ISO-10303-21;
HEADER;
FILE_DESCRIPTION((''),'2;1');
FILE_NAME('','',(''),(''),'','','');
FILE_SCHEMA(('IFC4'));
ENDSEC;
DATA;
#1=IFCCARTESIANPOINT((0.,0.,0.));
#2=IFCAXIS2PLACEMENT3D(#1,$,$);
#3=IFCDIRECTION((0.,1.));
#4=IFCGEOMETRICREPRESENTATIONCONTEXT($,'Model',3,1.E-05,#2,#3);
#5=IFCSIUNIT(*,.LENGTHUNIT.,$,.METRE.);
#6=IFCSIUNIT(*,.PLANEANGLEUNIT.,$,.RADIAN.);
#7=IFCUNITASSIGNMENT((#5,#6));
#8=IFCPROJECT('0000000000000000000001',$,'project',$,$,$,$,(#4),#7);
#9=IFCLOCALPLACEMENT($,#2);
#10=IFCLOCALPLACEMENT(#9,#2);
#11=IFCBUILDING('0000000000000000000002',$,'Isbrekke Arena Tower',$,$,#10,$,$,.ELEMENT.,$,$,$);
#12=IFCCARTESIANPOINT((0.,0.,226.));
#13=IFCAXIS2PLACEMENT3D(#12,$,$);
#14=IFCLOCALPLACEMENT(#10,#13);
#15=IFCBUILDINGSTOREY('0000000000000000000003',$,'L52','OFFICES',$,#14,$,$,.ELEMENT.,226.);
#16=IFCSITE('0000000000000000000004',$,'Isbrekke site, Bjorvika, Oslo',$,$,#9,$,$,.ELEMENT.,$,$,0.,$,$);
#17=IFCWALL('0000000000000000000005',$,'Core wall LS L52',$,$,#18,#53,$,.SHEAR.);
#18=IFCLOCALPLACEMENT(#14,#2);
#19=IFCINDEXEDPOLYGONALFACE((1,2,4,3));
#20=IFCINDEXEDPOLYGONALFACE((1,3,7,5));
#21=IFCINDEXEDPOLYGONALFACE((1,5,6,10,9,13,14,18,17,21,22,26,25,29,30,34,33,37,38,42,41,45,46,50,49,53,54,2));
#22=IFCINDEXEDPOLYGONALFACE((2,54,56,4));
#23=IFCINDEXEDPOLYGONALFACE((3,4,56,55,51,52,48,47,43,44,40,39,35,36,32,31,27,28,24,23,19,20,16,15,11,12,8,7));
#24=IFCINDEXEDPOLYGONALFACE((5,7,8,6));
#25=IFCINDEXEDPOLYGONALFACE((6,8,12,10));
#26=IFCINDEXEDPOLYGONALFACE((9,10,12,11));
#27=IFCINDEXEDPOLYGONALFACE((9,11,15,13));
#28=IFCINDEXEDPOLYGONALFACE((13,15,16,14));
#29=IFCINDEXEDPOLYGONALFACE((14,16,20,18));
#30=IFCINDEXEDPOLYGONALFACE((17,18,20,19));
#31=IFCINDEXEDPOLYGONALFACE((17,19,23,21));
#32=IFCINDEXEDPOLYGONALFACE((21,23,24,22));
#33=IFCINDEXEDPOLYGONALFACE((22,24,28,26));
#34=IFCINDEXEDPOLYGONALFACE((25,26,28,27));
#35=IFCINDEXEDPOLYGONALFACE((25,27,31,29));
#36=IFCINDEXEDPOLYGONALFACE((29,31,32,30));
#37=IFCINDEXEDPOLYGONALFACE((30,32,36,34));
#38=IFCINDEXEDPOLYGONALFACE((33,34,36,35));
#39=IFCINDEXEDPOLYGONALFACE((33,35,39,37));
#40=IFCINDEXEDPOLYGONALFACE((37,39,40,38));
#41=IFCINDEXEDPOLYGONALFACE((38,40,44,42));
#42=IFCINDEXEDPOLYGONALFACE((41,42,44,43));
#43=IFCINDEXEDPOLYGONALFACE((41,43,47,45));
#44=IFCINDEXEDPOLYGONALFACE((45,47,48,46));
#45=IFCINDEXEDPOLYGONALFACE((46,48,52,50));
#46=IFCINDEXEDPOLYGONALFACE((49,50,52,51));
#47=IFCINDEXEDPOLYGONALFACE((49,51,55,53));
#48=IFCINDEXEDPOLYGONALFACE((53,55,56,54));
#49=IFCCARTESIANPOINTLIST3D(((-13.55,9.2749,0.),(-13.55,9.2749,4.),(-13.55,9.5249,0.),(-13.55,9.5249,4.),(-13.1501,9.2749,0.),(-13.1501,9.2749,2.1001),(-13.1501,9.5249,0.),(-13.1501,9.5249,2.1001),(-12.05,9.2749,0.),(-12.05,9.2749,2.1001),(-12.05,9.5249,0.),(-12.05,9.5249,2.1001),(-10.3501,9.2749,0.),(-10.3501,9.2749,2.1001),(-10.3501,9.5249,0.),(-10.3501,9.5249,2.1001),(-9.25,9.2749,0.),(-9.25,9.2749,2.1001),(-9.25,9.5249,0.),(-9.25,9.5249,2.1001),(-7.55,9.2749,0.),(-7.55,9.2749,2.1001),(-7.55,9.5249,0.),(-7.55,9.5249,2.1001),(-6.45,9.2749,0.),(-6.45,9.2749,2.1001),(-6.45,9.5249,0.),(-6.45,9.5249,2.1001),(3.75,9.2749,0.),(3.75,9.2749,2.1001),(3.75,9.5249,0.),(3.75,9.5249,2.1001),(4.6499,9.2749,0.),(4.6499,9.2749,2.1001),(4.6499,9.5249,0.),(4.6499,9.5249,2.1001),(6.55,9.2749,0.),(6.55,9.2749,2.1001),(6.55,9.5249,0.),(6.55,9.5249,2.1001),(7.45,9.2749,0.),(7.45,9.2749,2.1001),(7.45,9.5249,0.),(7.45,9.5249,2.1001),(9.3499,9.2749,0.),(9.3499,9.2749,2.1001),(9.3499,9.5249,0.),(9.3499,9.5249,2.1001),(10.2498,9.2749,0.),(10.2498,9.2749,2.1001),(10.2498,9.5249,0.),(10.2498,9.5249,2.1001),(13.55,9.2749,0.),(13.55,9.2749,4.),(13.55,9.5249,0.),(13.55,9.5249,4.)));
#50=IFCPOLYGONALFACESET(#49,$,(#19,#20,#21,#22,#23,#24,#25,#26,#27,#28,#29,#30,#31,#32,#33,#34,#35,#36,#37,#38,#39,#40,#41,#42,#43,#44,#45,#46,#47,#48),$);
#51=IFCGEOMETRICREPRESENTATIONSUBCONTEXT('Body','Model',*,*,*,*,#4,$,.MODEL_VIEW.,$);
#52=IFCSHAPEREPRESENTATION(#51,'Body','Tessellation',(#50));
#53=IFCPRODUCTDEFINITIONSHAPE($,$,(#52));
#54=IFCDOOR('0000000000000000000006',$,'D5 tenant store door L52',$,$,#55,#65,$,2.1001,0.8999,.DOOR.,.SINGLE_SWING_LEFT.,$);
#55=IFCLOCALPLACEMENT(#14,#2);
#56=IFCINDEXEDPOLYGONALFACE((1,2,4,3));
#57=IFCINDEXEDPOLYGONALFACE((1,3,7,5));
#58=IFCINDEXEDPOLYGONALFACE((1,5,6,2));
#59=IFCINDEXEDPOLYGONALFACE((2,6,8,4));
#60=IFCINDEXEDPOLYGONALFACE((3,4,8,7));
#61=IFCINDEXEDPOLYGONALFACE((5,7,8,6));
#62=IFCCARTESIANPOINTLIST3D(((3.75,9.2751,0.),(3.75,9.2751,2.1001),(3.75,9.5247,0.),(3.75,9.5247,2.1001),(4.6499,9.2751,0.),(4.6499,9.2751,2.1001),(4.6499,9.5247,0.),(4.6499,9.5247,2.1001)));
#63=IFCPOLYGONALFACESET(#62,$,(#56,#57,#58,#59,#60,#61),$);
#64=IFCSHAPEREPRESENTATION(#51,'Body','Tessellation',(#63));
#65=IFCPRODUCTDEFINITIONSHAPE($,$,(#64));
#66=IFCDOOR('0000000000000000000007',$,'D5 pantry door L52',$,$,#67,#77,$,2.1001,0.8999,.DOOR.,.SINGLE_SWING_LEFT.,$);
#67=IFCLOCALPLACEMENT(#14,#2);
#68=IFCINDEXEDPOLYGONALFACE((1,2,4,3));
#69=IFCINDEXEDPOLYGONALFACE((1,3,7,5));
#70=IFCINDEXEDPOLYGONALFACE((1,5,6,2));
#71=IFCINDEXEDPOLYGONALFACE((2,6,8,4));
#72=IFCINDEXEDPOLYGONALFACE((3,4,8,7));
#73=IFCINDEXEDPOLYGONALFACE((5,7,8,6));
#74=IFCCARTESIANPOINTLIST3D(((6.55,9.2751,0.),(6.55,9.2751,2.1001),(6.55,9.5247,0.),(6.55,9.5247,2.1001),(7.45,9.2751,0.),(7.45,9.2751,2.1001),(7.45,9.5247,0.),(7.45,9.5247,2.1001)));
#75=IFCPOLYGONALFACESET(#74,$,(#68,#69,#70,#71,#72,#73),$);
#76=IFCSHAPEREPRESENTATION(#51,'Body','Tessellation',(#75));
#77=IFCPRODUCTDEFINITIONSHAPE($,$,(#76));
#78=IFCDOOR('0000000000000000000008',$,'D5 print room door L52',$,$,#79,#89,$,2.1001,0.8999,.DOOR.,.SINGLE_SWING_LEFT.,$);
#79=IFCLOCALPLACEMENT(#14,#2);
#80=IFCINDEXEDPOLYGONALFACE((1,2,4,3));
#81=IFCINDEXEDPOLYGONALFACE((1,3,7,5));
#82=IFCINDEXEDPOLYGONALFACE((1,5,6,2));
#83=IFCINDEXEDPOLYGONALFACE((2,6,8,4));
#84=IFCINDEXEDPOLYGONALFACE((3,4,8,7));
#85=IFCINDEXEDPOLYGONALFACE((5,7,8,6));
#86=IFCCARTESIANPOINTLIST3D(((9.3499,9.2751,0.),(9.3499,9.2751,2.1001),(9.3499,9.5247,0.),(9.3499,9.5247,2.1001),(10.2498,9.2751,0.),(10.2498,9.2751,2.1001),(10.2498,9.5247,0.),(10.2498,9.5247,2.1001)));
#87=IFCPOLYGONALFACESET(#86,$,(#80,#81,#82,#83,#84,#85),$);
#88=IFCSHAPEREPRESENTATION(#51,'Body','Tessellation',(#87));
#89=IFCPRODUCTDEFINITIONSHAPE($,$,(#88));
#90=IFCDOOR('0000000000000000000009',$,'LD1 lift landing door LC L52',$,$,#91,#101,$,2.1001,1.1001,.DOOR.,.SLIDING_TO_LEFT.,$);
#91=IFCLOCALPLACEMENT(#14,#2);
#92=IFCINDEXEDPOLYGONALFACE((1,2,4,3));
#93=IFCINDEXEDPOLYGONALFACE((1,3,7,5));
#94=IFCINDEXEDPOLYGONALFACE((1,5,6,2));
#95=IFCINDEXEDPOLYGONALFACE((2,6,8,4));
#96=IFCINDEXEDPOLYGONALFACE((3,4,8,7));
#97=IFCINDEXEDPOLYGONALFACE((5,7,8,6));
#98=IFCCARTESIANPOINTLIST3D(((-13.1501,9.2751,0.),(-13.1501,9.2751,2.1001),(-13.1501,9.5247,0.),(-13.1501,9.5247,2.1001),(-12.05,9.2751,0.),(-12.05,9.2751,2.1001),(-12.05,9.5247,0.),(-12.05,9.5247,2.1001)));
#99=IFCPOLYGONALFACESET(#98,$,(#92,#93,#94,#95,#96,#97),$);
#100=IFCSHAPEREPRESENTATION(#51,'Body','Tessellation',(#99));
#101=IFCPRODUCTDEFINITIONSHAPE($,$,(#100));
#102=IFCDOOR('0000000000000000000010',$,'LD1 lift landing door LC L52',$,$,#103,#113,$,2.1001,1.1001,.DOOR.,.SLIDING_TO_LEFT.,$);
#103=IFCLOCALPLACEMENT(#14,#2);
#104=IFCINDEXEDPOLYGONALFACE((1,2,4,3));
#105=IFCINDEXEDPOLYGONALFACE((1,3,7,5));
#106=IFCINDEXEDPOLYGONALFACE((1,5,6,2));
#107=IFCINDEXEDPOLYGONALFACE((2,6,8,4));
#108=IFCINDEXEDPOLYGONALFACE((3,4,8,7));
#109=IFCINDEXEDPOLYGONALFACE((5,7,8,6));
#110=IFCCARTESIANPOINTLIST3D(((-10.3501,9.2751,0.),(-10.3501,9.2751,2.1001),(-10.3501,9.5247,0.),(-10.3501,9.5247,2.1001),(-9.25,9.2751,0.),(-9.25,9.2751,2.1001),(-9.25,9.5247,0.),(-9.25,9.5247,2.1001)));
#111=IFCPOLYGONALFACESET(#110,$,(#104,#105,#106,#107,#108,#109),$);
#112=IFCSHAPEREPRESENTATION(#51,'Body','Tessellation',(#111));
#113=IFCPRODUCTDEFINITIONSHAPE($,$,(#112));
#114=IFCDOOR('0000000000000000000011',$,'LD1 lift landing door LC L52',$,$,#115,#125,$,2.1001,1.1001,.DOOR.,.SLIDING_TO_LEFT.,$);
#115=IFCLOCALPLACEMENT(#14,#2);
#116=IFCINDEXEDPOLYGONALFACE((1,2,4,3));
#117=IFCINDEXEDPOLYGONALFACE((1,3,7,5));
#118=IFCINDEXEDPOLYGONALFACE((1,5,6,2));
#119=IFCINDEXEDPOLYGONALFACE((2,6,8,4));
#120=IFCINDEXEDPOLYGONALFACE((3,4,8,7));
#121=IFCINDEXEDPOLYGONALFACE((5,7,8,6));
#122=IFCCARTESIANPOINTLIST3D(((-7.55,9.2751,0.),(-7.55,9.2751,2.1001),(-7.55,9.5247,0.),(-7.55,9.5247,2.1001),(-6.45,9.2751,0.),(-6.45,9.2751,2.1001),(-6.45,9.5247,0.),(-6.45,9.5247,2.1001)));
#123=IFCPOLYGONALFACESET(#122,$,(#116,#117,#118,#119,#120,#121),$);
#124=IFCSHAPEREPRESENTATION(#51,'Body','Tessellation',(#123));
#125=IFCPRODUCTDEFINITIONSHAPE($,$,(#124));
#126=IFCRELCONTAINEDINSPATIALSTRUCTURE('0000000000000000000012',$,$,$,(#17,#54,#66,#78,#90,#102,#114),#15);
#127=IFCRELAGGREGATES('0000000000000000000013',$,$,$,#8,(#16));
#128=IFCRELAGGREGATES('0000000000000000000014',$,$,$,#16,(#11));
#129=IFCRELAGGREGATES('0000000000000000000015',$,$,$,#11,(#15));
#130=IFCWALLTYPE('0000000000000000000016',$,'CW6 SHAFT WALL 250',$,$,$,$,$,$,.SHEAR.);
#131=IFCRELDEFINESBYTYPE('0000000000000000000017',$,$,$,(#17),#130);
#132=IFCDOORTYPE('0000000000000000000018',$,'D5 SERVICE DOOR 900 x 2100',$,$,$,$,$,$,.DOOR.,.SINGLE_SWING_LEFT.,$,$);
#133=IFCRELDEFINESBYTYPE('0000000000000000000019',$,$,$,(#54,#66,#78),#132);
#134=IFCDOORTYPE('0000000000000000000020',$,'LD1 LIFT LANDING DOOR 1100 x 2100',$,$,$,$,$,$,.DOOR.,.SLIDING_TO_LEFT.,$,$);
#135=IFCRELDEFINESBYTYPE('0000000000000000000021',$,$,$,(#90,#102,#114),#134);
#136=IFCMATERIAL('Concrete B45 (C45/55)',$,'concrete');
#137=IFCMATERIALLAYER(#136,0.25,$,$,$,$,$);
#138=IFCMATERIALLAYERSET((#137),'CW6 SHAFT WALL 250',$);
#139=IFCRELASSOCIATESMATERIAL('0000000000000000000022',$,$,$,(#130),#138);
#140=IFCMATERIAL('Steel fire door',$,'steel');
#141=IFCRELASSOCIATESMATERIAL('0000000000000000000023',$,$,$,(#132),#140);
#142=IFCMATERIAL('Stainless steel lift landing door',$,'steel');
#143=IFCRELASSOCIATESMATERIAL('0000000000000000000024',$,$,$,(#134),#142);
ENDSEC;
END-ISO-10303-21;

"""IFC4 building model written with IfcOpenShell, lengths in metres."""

from ifc_helpers import new_model, si_unit, direction, frame, frame_2d, origin, place, context, subcontext, project, spatial, rectangle, extrude, material, layer, layer_set, type_object, element, fill, save


model = new_model("IFC4")

# Units and contexts
model_context = context("Model", 3, precision=1e-05, world=origin(), true_north=direction((0.0, 1.0)))
body_context = subcontext(model_context, "Body", "Model", "MODEL_VIEW")
ifc_project = project(units=[si_unit("LENGTHUNIT", "METRE"), si_unit("PLANEANGLEUNIT", "RADIAN")], contexts=[model_context])

# Site, building, storey
site_placement = place(None, origin())
site = spatial("IfcSite", under=ifc_project, at=site_placement, Name="Isbrekke site, Bjorvika, Oslo", CompositionType="ELEMENT", RefElevation=0.0)
building_placement = place(site_placement, origin())
building = spatial("IfcBuilding", under=site, at=building_placement, Name="Isbrekke Arena Tower", CompositionType="ELEMENT")
storey_placement = place(building_placement, frame((0.0, 0.0, 226.0)))
storey = spatial("IfcBuildingStorey", under=building, at=storey_placement, Name="L52", Description="OFFICES", CompositionType="ELEMENT", Elevation=226.0)

# Wall, openings, doors
ifc_material_1 = material(Name="Concrete B45 (C45/55)", Category="concrete")
ifc_layer_1 = layer(ifc_material_1, 0.25)
ifc_layer_set_1 = layer_set([ifc_layer_1], Name="CW6 SHAFT WALL 250")
wall_type_1 = type_object("IfcWallType", Name="CW6 SHAFT WALL 250", PredefinedType="SHEAR", material=ifc_layer_set_1)
wall_1_placement = place(storey_placement, frame((-13.55, 9.3999, 0.0), z_axis=(0.0, 0.0, 1.0), x_axis=(1.0, 0.0, 0.0)))
wall_1 = element("IfcWall", 1, at=wall_1_placement, inside=storey, type_object=wall_type_1, Name="Core wall LS L52", PredefinedType="SHEAR", context=body_context, shape_type="SweptSolid", body=[
    extrude(rectangle(XDim=27.1001, YDim=0.25, at=frame_2d((13.55, 0.0))), origin(), (0.0, 0.0, 1.0), 4.0),
])
opening_1_placement = place(wall_1_placement, frame((0.3999, 0.0, 0.0)))
opening_1 = element("IfcOpeningElement", 2, at=opening_1_placement, cuts=wall_1, PredefinedType="OPENING", context=body_context, shape_type="SweptSolid", body=[
    extrude(rectangle(XDim=1.1001, YDim=2.1001, at=frame_2d((0.55, 1.05))), frame((0.0, 0.1399, 0.0), z_axis=(0.0, -1.0, 0.0), x_axis=(1.0, 0.0, 0.0)), (0.0, 0.0, 1.0), 0.2798),
])
opening_2_placement = place(wall_1_placement, frame((3.2, 0.0, 0.0)))
opening_2 = element("IfcOpeningElement", 3, at=opening_2_placement, cuts=wall_1, PredefinedType="OPENING", context=body_context, shape_type="SweptSolid", body=[
    extrude(rectangle(XDim=1.1001, YDim=2.1001, at=frame_2d((0.55, 1.05))), frame((0.0, 0.1399, 0.0), z_axis=(0.0, -1.0, 0.0), x_axis=(1.0, 0.0, 0.0)), (0.0, 0.0, 1.0), 0.2798),
])
opening_3_placement = place(wall_1_placement, frame((6.0, 0.0, 0.0)))
opening_3 = element("IfcOpeningElement", 4, at=opening_3_placement, cuts=wall_1, PredefinedType="OPENING", context=body_context, shape_type="SweptSolid", body=[
    extrude(rectangle(XDim=1.1001, YDim=2.1001, at=frame_2d((0.55, 1.05))), frame((0.0, 0.1399, 0.0), z_axis=(0.0, -1.0, 0.0), x_axis=(1.0, 0.0, 0.0)), (0.0, 0.0, 1.0), 0.2798),
])
opening_4_placement = place(wall_1_placement, frame((17.3, 0.0, 0.0)))
opening_4 = element("IfcOpeningElement", 5, at=opening_4_placement, cuts=wall_1, PredefinedType="OPENING", context=body_context, shape_type="SweptSolid", body=[
    extrude(rectangle(XDim=0.8999, YDim=2.1001, at=frame_2d((0.45, 1.05))), frame((0.0, 0.1399, 0.0), z_axis=(0.0, -1.0, 0.0), x_axis=(1.0, 0.0, 0.0)), (0.0, 0.0, 1.0), 0.2798),
])
opening_5_placement = place(wall_1_placement, frame((20.1001, 0.0, 0.0)))
opening_5 = element("IfcOpeningElement", 6, at=opening_5_placement, cuts=wall_1, PredefinedType="OPENING", context=body_context, shape_type="SweptSolid", body=[
    extrude(rectangle(XDim=0.8999, YDim=2.1001, at=frame_2d((0.45, 1.05))), frame((0.0, 0.1399, 0.0), z_axis=(0.0, -1.0, 0.0), x_axis=(1.0, 0.0, 0.0)), (0.0, 0.0, 1.0), 0.2798),
])
opening_6_placement = place(wall_1_placement, frame((22.8999, 0.0, 0.0)))
opening_6 = element("IfcOpeningElement", 7, at=opening_6_placement, cuts=wall_1, PredefinedType="OPENING", context=body_context, shape_type="SweptSolid", body=[
    extrude(rectangle(XDim=0.8999, YDim=2.1001, at=frame_2d((0.45, 1.05))), frame((0.0, 0.1399, 0.0), z_axis=(0.0, -1.0, 0.0), x_axis=(1.0, 0.0, 0.0)), (0.0, 0.0, 1.0), 0.2798),
])
ifc_material_2 = material(Name="Steel fire door", Category="steel")
door_type_1 = type_object("IfcDoorType", Name="D5 SERVICE DOOR 900 x 2100", OperationType="SINGLE_SWING_LEFT", PredefinedType="DOOR", material=ifc_material_2)
door_1_placement = place(opening_4_placement, origin())
door_1 = element("IfcDoor", 8, at=door_1_placement, inside=storey, type_object=door_type_1, Name="D5 tenant store door L52", OperationType="SINGLE_SWING_LEFT", OverallHeight=2.1001, OverallWidth=0.8999, PredefinedType="DOOR", context=body_context, shape_type="SweptSolid", body=[
    extrude(rectangle(XDim=0.8999, YDim=2.1001, at=frame_2d((0.45, 1.05))), frame((0.0, 0.1248, 0.0), z_axis=(0.0, -1.0, 0.0), x_axis=(1.0, 0.0, 0.0)), (0.0, 0.0, 1.0), 0.2495),
])
fill(opening_4, door_1)
door_2_placement = place(opening_5_placement, origin())
door_2 = element("IfcDoor", 9, at=door_2_placement, inside=storey, type_object=door_type_1, Name="D5 pantry door L52", OperationType="SINGLE_SWING_LEFT", OverallHeight=2.1001, OverallWidth=0.8999, PredefinedType="DOOR", context=body_context, shape_type="SweptSolid", body=[
    extrude(rectangle(XDim=0.8999, YDim=2.1001, at=frame_2d((0.45, 1.05))), frame((0.0, 0.1248, 0.0), z_axis=(0.0, -1.0, 0.0), x_axis=(1.0, 0.0, 0.0)), (0.0, 0.0, 1.0), 0.2495),
])
fill(opening_5, door_2)
door_3_placement = place(opening_6_placement, origin())
door_3 = element("IfcDoor", 10, at=door_3_placement, inside=storey, type_object=door_type_1, Name="D5 print room door L52", OperationType="SINGLE_SWING_LEFT", OverallHeight=2.1001, OverallWidth=0.8999, PredefinedType="DOOR", context=body_context, shape_type="SweptSolid", body=[
    extrude(rectangle(XDim=0.8999, YDim=2.1001, at=frame_2d((0.45, 1.05))), frame((0.0, 0.1248, 0.0), z_axis=(0.0, -1.0, 0.0), x_axis=(1.0, 0.0, 0.0)), (0.0, 0.0, 1.0), 0.2495),
])
fill(opening_6, door_3)
ifc_material_3 = material(Name="Stainless steel lift landing door", Category="steel")
door_type_2 = type_object("IfcDoorType", Name="LD1 LIFT LANDING DOOR 1100 x 2100", OperationType="SLIDING_TO_LEFT", PredefinedType="DOOR", material=ifc_material_3)
door_4_placement = place(opening_1_placement, origin())
door_4 = element("IfcDoor", 11, at=door_4_placement, inside=storey, type_object=door_type_2, Name="LD1 lift landing door LC L52", OperationType="SLIDING_TO_LEFT", OverallHeight=2.1001, OverallWidth=1.1001, PredefinedType="DOOR", context=body_context, shape_type="SweptSolid", body=[
    extrude(rectangle(XDim=1.1001, YDim=2.1001, at=frame_2d((0.55, 1.05))), frame((0.0, 0.1248, 0.0), z_axis=(0.0, -1.0, 0.0), x_axis=(1.0, 0.0, 0.0)), (0.0, 0.0, 1.0), 0.2495),
])
fill(opening_1, door_4)
door_5_placement = place(opening_2_placement, origin())
door_5 = element("IfcDoor", 12, at=door_5_placement, inside=storey, type_object=door_type_2, Name="LD1 lift landing door LC L52", OperationType="SLIDING_TO_LEFT", OverallHeight=2.1001, OverallWidth=1.1001, PredefinedType="DOOR", context=body_context, shape_type="SweptSolid", body=[
    extrude(rectangle(XDim=1.1001, YDim=2.1001, at=frame_2d((0.55, 1.05))), frame((0.0, 0.1248, 0.0), z_axis=(0.0, -1.0, 0.0), x_axis=(1.0, 0.0, 0.0)), (0.0, 0.0, 1.0), 0.2495),
])
fill(opening_2, door_5)
door_6_placement = place(opening_3_placement, origin())
door_6 = element("IfcDoor", 13, at=door_6_placement, inside=storey, type_object=door_type_2, Name="LD1 lift landing door LC L52", OperationType="SLIDING_TO_LEFT", OverallHeight=2.1001, OverallWidth=1.1001, PredefinedType="DOOR", context=body_context, shape_type="SweptSolid", body=[
    extrude(rectangle(XDim=1.1001, YDim=2.1001, at=frame_2d((0.55, 1.05))), frame((0.0, 0.1248, 0.0), z_axis=(0.0, -1.0, 0.0), x_axis=(1.0, 0.0, 0.0)), (0.0, 0.0, 1.0), 0.2495),
])
fill(opening_3, door_6)

save(model, "model.ifc")
